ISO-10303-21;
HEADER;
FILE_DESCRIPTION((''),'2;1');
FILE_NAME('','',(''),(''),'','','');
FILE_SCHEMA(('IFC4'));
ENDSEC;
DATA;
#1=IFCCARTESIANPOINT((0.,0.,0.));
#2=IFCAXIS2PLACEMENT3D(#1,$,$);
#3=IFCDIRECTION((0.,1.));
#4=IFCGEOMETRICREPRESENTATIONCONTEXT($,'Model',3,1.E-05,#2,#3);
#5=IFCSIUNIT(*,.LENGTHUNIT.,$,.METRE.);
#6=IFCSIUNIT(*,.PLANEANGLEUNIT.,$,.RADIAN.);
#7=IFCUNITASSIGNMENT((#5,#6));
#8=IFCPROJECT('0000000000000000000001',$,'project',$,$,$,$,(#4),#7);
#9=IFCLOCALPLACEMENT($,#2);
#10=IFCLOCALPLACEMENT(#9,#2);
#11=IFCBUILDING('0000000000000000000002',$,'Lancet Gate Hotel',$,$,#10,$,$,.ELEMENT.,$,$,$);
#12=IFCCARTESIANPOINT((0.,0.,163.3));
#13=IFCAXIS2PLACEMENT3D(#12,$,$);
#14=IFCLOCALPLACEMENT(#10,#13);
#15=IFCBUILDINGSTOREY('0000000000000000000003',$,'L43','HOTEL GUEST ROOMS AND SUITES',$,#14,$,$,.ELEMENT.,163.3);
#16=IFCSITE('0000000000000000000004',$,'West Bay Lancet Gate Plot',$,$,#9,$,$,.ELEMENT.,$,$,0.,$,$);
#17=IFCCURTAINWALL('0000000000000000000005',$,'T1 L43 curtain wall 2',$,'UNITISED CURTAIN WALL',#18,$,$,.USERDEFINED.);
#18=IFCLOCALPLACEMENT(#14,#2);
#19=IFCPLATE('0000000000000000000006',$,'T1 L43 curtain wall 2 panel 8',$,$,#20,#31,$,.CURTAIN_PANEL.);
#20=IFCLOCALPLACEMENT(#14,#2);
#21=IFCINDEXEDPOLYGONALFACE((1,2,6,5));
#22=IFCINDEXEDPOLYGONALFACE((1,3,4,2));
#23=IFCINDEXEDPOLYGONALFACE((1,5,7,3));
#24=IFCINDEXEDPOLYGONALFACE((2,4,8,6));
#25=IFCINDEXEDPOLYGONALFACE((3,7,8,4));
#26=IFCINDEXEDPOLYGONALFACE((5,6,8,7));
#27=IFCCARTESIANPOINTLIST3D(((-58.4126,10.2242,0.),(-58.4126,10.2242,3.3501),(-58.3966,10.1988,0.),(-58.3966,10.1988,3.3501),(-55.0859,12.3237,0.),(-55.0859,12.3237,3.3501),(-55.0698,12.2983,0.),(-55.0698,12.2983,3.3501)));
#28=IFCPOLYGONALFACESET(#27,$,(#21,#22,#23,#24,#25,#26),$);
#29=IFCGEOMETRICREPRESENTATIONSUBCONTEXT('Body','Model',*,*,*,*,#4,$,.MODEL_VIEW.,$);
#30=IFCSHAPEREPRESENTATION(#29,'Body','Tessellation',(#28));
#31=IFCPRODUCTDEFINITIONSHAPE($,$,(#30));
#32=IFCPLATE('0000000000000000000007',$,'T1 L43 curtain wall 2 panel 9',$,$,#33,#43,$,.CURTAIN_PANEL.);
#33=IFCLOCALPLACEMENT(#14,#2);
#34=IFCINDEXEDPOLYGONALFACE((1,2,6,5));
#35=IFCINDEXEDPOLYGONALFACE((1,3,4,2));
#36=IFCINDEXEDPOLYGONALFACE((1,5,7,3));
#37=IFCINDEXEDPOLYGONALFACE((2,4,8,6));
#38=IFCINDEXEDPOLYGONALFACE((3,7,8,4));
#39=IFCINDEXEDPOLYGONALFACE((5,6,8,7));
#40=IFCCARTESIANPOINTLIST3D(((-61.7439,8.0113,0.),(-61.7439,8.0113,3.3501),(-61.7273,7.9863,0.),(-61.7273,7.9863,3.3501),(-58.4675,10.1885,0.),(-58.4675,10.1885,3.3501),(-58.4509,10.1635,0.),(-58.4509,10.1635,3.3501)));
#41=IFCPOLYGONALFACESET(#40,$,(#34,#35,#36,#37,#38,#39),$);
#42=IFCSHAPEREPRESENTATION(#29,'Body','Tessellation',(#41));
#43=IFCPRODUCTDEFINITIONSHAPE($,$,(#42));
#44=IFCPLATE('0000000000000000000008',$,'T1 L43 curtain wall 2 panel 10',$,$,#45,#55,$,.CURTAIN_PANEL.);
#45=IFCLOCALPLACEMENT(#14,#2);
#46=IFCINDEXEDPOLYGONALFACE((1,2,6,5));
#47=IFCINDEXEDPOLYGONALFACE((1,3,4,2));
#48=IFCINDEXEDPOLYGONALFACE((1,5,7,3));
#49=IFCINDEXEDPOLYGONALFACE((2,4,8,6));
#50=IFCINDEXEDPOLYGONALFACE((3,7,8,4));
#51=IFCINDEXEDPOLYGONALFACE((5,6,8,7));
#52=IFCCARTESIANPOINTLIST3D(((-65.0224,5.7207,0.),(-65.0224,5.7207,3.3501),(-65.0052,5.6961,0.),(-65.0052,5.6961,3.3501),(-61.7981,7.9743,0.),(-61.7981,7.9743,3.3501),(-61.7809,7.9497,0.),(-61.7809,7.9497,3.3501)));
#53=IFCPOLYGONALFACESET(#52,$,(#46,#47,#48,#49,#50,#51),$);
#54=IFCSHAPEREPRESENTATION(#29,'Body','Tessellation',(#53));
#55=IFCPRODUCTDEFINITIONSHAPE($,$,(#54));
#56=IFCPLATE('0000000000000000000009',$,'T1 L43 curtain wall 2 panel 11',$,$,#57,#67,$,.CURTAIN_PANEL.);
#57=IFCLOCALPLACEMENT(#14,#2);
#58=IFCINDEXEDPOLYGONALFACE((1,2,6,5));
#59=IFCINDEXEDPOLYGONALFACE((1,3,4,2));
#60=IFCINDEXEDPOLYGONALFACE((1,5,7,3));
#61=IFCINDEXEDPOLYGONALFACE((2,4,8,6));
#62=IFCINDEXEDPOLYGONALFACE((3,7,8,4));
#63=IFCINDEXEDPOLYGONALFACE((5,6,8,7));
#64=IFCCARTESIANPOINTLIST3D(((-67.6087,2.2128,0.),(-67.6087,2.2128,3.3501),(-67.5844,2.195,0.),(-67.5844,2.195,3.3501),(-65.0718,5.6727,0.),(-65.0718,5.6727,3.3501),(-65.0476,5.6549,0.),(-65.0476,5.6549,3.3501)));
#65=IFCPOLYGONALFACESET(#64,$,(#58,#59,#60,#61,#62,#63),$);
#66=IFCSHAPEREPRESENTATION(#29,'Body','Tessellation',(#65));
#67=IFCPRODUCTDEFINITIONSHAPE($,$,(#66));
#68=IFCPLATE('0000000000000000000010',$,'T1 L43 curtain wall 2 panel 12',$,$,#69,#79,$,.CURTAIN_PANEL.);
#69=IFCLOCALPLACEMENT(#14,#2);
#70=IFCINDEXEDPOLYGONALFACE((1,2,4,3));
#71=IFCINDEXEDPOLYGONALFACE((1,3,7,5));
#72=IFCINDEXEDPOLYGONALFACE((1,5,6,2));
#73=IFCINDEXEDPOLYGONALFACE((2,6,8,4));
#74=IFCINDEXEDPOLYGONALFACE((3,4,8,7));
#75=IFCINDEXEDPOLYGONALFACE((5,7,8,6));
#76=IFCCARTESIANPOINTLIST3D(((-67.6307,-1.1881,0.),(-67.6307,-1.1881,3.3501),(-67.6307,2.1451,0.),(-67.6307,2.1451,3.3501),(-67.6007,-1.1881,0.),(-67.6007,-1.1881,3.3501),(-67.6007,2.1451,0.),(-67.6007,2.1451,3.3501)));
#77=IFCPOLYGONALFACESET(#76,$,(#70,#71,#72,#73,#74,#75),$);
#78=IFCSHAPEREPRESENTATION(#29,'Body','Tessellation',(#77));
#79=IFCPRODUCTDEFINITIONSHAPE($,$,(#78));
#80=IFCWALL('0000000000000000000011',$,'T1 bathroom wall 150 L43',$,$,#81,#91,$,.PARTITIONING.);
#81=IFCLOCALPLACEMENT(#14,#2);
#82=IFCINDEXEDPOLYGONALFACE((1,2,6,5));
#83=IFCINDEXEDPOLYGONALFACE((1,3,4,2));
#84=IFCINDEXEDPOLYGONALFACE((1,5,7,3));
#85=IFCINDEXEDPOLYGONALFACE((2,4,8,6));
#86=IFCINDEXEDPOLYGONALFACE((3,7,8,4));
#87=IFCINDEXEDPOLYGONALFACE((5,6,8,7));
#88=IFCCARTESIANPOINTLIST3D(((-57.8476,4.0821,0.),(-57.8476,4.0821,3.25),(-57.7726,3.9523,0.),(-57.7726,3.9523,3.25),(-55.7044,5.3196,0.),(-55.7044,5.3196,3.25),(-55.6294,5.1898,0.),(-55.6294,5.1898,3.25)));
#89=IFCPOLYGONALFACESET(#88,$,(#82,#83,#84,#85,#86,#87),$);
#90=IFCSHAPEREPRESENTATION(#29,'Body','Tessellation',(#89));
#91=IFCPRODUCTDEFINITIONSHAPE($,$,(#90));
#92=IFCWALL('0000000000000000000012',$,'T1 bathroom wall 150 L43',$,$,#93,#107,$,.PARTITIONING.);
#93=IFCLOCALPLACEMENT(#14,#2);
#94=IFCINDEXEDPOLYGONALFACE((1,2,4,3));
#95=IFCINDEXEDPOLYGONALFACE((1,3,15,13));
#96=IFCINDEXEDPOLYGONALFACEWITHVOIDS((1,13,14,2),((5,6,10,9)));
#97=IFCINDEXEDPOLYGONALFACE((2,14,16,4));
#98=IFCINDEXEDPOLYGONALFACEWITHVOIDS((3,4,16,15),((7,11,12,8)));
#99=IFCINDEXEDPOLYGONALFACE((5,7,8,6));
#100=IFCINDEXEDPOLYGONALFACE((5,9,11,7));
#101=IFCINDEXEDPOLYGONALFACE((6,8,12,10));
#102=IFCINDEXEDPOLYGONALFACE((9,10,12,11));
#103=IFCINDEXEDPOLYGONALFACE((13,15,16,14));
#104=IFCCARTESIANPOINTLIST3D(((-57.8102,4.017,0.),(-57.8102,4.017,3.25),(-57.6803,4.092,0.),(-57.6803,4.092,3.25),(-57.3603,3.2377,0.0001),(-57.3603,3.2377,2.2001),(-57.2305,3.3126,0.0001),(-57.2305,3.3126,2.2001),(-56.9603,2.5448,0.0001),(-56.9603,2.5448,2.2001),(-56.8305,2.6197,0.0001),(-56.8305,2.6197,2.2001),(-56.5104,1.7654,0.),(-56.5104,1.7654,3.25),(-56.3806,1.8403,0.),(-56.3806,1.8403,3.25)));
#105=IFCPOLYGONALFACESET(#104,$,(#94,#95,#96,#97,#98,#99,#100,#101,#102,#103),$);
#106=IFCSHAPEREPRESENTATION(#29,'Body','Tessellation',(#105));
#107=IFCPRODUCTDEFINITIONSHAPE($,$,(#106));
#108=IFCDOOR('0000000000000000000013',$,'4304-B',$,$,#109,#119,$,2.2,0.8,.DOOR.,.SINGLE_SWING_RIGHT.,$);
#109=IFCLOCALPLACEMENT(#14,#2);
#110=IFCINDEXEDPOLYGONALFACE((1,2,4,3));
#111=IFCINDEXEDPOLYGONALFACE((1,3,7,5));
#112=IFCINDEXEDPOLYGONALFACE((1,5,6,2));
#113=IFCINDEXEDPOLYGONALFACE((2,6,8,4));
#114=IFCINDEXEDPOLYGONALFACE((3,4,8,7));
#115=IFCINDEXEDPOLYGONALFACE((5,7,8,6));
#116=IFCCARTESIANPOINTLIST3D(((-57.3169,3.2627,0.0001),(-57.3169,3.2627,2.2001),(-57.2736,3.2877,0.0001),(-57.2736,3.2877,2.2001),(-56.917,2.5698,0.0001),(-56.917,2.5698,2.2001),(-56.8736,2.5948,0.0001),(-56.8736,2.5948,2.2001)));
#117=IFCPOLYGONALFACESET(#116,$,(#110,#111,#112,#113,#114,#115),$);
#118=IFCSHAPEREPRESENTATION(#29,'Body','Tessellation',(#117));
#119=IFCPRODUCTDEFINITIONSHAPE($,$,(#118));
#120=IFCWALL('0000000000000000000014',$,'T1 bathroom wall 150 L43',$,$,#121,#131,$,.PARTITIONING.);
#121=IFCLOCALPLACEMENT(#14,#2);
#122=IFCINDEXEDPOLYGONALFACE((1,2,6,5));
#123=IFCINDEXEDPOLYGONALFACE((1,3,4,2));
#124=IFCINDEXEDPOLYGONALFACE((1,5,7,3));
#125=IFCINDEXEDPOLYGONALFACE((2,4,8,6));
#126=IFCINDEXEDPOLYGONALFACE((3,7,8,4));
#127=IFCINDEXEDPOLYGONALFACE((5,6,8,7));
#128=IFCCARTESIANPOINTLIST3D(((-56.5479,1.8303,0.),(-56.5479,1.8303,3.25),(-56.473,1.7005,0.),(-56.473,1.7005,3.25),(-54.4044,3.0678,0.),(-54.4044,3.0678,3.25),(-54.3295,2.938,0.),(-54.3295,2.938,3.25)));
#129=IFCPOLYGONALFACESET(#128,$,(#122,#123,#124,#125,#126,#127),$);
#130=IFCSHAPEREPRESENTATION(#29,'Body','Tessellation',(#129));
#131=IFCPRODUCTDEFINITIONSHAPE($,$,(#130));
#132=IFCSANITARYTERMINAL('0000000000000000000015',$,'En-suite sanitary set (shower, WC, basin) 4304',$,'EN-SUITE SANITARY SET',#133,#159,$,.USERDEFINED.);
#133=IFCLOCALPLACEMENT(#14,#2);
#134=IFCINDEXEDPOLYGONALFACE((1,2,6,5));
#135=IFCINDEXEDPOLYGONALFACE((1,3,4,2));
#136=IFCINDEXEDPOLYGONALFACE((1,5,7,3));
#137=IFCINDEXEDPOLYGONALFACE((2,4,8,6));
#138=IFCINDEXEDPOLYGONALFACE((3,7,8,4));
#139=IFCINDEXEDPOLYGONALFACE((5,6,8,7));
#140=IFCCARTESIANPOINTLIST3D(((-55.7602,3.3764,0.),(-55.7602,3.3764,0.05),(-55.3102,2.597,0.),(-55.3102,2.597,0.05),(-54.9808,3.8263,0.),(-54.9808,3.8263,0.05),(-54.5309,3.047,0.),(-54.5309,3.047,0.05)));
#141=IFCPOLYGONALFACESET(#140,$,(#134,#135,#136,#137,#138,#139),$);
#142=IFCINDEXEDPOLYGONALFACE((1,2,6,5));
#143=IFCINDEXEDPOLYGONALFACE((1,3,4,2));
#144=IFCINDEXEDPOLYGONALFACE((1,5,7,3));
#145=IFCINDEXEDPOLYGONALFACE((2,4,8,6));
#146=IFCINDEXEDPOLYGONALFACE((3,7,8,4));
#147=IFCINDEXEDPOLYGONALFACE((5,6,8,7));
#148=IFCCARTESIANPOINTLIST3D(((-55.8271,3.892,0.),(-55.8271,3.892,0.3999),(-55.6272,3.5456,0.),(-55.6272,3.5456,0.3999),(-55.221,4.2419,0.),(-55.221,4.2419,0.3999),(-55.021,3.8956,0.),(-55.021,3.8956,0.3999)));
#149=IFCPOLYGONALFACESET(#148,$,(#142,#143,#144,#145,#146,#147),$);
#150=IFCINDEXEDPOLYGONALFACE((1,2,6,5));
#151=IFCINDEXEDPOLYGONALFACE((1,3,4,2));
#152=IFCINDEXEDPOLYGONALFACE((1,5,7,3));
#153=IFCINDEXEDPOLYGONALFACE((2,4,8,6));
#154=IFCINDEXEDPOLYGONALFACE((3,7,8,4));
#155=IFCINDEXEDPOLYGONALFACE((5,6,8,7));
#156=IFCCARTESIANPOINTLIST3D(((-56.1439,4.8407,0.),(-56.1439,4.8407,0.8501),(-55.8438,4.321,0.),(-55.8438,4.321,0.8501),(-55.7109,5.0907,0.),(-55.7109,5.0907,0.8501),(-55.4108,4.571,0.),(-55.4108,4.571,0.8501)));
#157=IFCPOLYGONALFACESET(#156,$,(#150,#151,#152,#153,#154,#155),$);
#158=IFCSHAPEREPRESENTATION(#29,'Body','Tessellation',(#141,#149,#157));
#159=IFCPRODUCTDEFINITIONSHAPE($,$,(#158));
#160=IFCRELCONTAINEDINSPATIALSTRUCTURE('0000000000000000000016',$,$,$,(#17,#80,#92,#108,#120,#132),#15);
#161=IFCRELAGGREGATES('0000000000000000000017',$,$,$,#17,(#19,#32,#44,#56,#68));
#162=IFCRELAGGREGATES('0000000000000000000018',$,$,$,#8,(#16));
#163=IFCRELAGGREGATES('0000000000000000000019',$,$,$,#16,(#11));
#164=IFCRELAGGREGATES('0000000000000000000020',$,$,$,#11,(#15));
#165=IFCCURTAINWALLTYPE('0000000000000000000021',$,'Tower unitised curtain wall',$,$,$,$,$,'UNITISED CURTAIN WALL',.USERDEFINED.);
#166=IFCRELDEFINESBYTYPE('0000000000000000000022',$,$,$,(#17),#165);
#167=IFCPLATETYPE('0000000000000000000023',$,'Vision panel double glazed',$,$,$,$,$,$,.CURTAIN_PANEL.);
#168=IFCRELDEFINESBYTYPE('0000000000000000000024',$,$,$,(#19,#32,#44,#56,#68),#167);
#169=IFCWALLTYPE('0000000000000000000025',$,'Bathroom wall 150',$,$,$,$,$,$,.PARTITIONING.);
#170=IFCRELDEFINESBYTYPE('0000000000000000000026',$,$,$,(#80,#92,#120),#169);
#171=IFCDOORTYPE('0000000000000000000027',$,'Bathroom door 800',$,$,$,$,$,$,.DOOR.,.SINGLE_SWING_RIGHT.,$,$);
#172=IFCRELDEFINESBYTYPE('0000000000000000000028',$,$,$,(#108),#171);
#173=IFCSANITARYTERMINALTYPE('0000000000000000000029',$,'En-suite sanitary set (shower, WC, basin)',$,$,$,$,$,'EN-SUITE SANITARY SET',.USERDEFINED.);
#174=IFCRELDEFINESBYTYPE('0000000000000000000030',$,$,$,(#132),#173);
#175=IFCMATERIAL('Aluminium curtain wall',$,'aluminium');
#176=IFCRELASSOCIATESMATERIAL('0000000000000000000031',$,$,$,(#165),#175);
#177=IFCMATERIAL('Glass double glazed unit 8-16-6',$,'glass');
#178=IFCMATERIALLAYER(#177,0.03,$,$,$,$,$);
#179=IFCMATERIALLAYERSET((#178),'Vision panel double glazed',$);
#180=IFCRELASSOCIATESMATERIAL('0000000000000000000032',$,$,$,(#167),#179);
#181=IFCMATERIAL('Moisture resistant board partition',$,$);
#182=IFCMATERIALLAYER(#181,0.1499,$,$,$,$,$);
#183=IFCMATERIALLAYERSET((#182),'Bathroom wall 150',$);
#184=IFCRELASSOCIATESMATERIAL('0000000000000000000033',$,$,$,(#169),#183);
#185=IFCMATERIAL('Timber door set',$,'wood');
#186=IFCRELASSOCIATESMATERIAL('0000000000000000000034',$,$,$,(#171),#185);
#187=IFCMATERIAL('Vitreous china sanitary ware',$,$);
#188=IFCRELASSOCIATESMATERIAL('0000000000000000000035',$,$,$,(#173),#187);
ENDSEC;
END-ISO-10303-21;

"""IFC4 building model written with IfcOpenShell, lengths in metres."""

from ifc_helpers import new_model, si_unit, direction, frame, frame_2d, origin, origin_2d, place, context, subcontext, project, spatial, rectangle, extrude, material, layer, layer_set, type_object, element, fill, aggregate, save


model = new_model("IFC4")

# Units and contexts
model_context = context("Model", 3, precision=1e-05, world=origin(), true_north=direction((0.0, 1.0)))
body_context = subcontext(model_context, "Body", "Model", "MODEL_VIEW")
ifc_project = project(units=[si_unit("LENGTHUNIT", "METRE"), si_unit("PLANEANGLEUNIT", "RADIAN")], contexts=[model_context])

# Site, building, storey
site_placement = place(None, origin())
site = spatial("IfcSite", under=ifc_project, at=site_placement, Name="West Bay Lancet Gate Plot", CompositionType="ELEMENT", RefElevation=0.0)
building_placement = place(site_placement, origin())
building = spatial("IfcBuilding", under=site, at=building_placement, Name="Lancet Gate Hotel", CompositionType="ELEMENT")
storey_placement = place(building_placement, frame((0.0, 0.0, 163.3)))
storey = spatial("IfcBuildingStorey", under=building, at=storey_placement, Name="L43", Description="HOTEL GUEST ROOMS AND SUITES", CompositionType="ELEMENT", Elevation=163.3)

# Curtain wall
ifc_material_1 = material(Name="Aluminium curtain wall", Category="aluminium")
curtain_wall_type = type_object("IfcCurtainWallType", Name="Tower unitised curtain wall", ElementType="UNITISED CURTAIN WALL", PredefinedType="USERDEFINED", material=ifc_material_1)
curtain_wall_placement = place(storey_placement, origin())
curtain_wall = element("IfcCurtainWall", 1, at=curtain_wall_placement, inside=storey, type_object=curtain_wall_type, Name="T1 L43 curtain wall 2", ObjectType="UNITISED CURTAIN WALL", PredefinedType="USERDEFINED")

# Plates
ifc_material_2 = material(Name="Glass double glazed unit 8-16-6", Category="glass")
ifc_layer_1 = layer(ifc_material_2, 0.03)
ifc_layer_set_1 = layer_set([ifc_layer_1], Name="Vision panel double glazed")
plate_type = type_object("IfcPlateType", Name="Vision panel double glazed", PredefinedType="CURTAIN_PANEL", material=ifc_layer_set_1)
plate_1_placement = place(storey_placement, frame((-56.7412, 11.2612, 0.0), z_axis=(0.0, 0.0, 1.0), x_axis=(-0.845667, -0.533711, 0.0)))
plate_1 = element("IfcPlate", 2, at=plate_1_placement, type_object=plate_type, Name="T1 L43 curtain wall 2 panel 8", PredefinedType="CURTAIN_PANEL", context=body_context, shape_type="SweptSolid", body=[
    extrude(rectangle(XDim=3.9338, YDim=0.03, at=origin_2d()), origin(), (0.0, 0.0, 1.0), 3.3501),
])
plate_2_placement = place(storey_placement, frame((-60.0974, 9.0874, 0.0), z_axis=(0.0, 0.0, 1.0), x_axis=(-0.832879, -0.553455, 0.0)))
plate_2 = element("IfcPlate", 3, at=plate_2_placement, type_object=plate_type, Name="T1 L43 curtain wall 2 panel 9", PredefinedType="CURTAIN_PANEL", context=body_context, shape_type="SweptSolid", body=[
    extrude(rectangle(XDim=3.9338, YDim=0.03, at=origin_2d()), origin(), (0.0, 0.0, 1.0), 3.3501),
])
plate_3_placement = place(storey_placement, frame((-63.4016, 6.8352, 0.0), z_axis=(0.0, 0.0, 1.0), x_axis=(-0.819631, -0.572892, 0.0)))
plate_3 = element("IfcPlate", 4, at=plate_3_placement, type_object=plate_type, Name="T1 L43 curtain wall 2 panel 10", PredefinedType="CURTAIN_PANEL", context=body_context, shape_type="SweptSolid", body=[
    extrude(rectangle(XDim=3.9338, YDim=0.03, at=origin_2d()), origin(), (0.0, 0.0, 1.0), 3.3501),
])
plate_4_placement = place(storey_placement, frame((-66.3281, 3.9338, 0.0), z_axis=(0.0, 0.0, 1.0), x_axis=(-0.5913, -0.806452, 0.0)))
plate_4 = element("IfcPlate", 5, at=plate_4_placement, type_object=plate_type, Name="T1 L43 curtain wall 2 panel 11", PredefinedType="CURTAIN_PANEL", context=body_context, shape_type="SweptSolid", body=[
    extrude(rectangle(XDim=4.2903, YDim=0.03, at=origin_2d()), origin(), (0.0, 0.0, 1.0), 3.3501),
])
plate_5_placement = place(storey_placement, frame((-67.6157, 0.4785, 0.0), z_axis=(0.0, 0.0, 1.0), x_axis=(0.0, -1.0, 0.0)))
plate_5 = element("IfcPlate", 6, at=plate_5_placement, type_object=plate_type, Name="T1 L43 curtain wall 2 panel 12", PredefinedType="CURTAIN_PANEL", context=body_context, shape_type="SweptSolid", body=[
    extrude(rectangle(XDim=3.3333, YDim=0.03, at=origin_2d()), origin(), (0.0, 0.0, 1.0), 3.3501),
])
aggregate(curtain_wall, [plate_1, plate_2, plate_3, plate_4, plate_5])

# Wall
ifc_material_3 = material(Name="Moisture resistant board partition")
ifc_layer_2 = layer(ifc_material_3, 0.1499)
ifc_layer_set_2 = layer_set([ifc_layer_2], Name="Bathroom wall 150")
wall_type = type_object("IfcWallType", Name="Bathroom wall 150", PredefinedType="PARTITIONING", material=ifc_layer_set_2)
wall_1_placement = place(storey_placement, frame((-55.667, 5.2546, 0.0), z_axis=(0.0, 0.0, 1.0), x_axis=(-0.866007, -0.500033, 0.0)))
element("IfcWall", 7, at=wall_1_placement, inside=storey, type_object=wall_type, Name="T1 bathroom wall 150 L43", PredefinedType="PARTITIONING", context=body_context, shape_type="SweptSolid", body=[
    extrude(rectangle(XDim=2.4749, YDim=0.1499, at=frame_2d((1.2373, 0.0))), origin(), (0.0, 0.0, 1.0), 3.25),
])

# Wall, opening, door
wall_2_placement = place(storey_placement, frame((-56.4456, 1.803, 0.0), z_axis=(0.0, 0.0, 1.0), x_axis=(-0.499937, 0.866062, 0.0)))
wall_2 = element("IfcWall", 8, at=wall_2_placement, inside=storey, type_object=wall_type, Name="T1 bathroom wall 150 L43", PredefinedType="PARTITIONING", context=body_context, shape_type="SweptSolid", body=[
    extrude(rectangle(XDim=2.5999, YDim=0.1499, at=frame_2d((1.2998, 0.0))), origin(), (0.0, 0.0, 1.0), 3.25),
])
opening_placement = place(wall_2_placement, frame((0.8999, 0.0, 0.0)))
opening = element("IfcOpeningElement", 9, at=opening_placement, cuts=wall_2, PredefinedType="OPENING", context=body_context, shape_type="SweptSolid", body=[
    extrude(rectangle(XDim=0.8, YDim=2.2, at=frame_2d((0.3999, 1.1001))), frame((0.0, 0.085, 0.0), z_axis=(0.0, -1.0, 0.0), x_axis=(1.0, 0.0, 0.0)), (0.0, 0.0, 1.0), 0.1699),
])
ifc_material_4 = material(Name="Timber door set", Category="wood")
door_type = type_object("IfcDoorType", Name="Bathroom door 800", OperationType="SINGLE_SWING_RIGHT", PredefinedType="DOOR", material=ifc_material_4)
door_placement = place(opening_placement, origin())
door = element("IfcDoor", 10, at=door_placement, inside=storey, type_object=door_type, Name="4304-B", OperationType="SINGLE_SWING_RIGHT", OverallHeight=2.2, OverallWidth=0.8, PredefinedType="DOOR", context=body_context, shape_type="SweptSolid", body=[
    extrude(rectangle(XDim=0.8, YDim=2.2, at=frame_2d((0.3999, 1.1001))), frame((0.0, 0.0249, 0.0), z_axis=(0.0, -1.0, 0.0), x_axis=(1.0, 0.0, 0.0)), (0.0, 0.0, 1.0), 0.05),
])
fill(opening, door)

# Wall
wall_3_placement = place(storey_placement, frame((-54.3669, 3.0029, 0.0), z_axis=(0.0, 0.0, 1.0), x_axis=(-0.866031, -0.49999, 0.0)))
element("IfcWall", 11, at=wall_3_placement, inside=storey, type_object=wall_type, Name="T1 bathroom wall 150 L43", PredefinedType="PARTITIONING", context=body_context, shape_type="SweptSolid", body=[
    extrude(rectangle(XDim=2.4751, YDim=0.1499, at=frame_2d((1.2375, 0.0))), origin(), (0.0, 0.0, 1.0), 3.25),
])

# Sanitary terminal
ifc_material_5 = material(Name="Vitreous china sanitary ware")
sanitary_terminal_type = type_object("IfcSanitaryTerminalType", Name="En-suite sanitary set (shower, WC, basin)", ElementType="EN-SUITE SANITARY SET", PredefinedType="USERDEFINED", material=ifc_material_5)
sanitary_terminal_placement = place(storey_placement, frame((-55.1455, 3.2117, 0.0), z_axis=(0.0, 0.0, 1.0), x_axis=(1.0, 0.0, 0.0)))
element("IfcSanitaryTerminal", 12, at=sanitary_terminal_placement, inside=storey, type_object=sanitary_terminal_type, Name="En-suite sanitary set (shower, WC, basin) 4304", ObjectType="EN-SUITE SANITARY SET", PredefinedType="USERDEFINED", context=body_context, shape_type="SweptSolid", body=[
    extrude(rectangle(XDim=0.8999, YDim=0.8999, at=origin_2d()), frame((0.0, 0.0, 0.0), z_axis=(0.0, 0.0, 1.0), x_axis=(0.5, -0.866025, 0.0)), (0.0, 0.0, 1.0), 0.05),
    extrude(rectangle(XDim=0.3999, YDim=0.7, at=origin_2d()), frame((-0.2786, 0.6821, 0.0), z_axis=(0.0, 0.0, 1.0), x_axis=(0.5, -0.866025, 0.0)), (0.0, 0.0, 1.0), 0.3999),
    extrude(rectangle(XDim=0.6001, YDim=0.5, at=origin_2d()), frame((-0.6318, 1.4941, 0.0), z_axis=(0.0, 0.0, 1.0), x_axis=(0.5, -0.866025, 0.0)), (0.0, 0.0, 1.0), 0.8501),
])

save(model, "model.ifc")
